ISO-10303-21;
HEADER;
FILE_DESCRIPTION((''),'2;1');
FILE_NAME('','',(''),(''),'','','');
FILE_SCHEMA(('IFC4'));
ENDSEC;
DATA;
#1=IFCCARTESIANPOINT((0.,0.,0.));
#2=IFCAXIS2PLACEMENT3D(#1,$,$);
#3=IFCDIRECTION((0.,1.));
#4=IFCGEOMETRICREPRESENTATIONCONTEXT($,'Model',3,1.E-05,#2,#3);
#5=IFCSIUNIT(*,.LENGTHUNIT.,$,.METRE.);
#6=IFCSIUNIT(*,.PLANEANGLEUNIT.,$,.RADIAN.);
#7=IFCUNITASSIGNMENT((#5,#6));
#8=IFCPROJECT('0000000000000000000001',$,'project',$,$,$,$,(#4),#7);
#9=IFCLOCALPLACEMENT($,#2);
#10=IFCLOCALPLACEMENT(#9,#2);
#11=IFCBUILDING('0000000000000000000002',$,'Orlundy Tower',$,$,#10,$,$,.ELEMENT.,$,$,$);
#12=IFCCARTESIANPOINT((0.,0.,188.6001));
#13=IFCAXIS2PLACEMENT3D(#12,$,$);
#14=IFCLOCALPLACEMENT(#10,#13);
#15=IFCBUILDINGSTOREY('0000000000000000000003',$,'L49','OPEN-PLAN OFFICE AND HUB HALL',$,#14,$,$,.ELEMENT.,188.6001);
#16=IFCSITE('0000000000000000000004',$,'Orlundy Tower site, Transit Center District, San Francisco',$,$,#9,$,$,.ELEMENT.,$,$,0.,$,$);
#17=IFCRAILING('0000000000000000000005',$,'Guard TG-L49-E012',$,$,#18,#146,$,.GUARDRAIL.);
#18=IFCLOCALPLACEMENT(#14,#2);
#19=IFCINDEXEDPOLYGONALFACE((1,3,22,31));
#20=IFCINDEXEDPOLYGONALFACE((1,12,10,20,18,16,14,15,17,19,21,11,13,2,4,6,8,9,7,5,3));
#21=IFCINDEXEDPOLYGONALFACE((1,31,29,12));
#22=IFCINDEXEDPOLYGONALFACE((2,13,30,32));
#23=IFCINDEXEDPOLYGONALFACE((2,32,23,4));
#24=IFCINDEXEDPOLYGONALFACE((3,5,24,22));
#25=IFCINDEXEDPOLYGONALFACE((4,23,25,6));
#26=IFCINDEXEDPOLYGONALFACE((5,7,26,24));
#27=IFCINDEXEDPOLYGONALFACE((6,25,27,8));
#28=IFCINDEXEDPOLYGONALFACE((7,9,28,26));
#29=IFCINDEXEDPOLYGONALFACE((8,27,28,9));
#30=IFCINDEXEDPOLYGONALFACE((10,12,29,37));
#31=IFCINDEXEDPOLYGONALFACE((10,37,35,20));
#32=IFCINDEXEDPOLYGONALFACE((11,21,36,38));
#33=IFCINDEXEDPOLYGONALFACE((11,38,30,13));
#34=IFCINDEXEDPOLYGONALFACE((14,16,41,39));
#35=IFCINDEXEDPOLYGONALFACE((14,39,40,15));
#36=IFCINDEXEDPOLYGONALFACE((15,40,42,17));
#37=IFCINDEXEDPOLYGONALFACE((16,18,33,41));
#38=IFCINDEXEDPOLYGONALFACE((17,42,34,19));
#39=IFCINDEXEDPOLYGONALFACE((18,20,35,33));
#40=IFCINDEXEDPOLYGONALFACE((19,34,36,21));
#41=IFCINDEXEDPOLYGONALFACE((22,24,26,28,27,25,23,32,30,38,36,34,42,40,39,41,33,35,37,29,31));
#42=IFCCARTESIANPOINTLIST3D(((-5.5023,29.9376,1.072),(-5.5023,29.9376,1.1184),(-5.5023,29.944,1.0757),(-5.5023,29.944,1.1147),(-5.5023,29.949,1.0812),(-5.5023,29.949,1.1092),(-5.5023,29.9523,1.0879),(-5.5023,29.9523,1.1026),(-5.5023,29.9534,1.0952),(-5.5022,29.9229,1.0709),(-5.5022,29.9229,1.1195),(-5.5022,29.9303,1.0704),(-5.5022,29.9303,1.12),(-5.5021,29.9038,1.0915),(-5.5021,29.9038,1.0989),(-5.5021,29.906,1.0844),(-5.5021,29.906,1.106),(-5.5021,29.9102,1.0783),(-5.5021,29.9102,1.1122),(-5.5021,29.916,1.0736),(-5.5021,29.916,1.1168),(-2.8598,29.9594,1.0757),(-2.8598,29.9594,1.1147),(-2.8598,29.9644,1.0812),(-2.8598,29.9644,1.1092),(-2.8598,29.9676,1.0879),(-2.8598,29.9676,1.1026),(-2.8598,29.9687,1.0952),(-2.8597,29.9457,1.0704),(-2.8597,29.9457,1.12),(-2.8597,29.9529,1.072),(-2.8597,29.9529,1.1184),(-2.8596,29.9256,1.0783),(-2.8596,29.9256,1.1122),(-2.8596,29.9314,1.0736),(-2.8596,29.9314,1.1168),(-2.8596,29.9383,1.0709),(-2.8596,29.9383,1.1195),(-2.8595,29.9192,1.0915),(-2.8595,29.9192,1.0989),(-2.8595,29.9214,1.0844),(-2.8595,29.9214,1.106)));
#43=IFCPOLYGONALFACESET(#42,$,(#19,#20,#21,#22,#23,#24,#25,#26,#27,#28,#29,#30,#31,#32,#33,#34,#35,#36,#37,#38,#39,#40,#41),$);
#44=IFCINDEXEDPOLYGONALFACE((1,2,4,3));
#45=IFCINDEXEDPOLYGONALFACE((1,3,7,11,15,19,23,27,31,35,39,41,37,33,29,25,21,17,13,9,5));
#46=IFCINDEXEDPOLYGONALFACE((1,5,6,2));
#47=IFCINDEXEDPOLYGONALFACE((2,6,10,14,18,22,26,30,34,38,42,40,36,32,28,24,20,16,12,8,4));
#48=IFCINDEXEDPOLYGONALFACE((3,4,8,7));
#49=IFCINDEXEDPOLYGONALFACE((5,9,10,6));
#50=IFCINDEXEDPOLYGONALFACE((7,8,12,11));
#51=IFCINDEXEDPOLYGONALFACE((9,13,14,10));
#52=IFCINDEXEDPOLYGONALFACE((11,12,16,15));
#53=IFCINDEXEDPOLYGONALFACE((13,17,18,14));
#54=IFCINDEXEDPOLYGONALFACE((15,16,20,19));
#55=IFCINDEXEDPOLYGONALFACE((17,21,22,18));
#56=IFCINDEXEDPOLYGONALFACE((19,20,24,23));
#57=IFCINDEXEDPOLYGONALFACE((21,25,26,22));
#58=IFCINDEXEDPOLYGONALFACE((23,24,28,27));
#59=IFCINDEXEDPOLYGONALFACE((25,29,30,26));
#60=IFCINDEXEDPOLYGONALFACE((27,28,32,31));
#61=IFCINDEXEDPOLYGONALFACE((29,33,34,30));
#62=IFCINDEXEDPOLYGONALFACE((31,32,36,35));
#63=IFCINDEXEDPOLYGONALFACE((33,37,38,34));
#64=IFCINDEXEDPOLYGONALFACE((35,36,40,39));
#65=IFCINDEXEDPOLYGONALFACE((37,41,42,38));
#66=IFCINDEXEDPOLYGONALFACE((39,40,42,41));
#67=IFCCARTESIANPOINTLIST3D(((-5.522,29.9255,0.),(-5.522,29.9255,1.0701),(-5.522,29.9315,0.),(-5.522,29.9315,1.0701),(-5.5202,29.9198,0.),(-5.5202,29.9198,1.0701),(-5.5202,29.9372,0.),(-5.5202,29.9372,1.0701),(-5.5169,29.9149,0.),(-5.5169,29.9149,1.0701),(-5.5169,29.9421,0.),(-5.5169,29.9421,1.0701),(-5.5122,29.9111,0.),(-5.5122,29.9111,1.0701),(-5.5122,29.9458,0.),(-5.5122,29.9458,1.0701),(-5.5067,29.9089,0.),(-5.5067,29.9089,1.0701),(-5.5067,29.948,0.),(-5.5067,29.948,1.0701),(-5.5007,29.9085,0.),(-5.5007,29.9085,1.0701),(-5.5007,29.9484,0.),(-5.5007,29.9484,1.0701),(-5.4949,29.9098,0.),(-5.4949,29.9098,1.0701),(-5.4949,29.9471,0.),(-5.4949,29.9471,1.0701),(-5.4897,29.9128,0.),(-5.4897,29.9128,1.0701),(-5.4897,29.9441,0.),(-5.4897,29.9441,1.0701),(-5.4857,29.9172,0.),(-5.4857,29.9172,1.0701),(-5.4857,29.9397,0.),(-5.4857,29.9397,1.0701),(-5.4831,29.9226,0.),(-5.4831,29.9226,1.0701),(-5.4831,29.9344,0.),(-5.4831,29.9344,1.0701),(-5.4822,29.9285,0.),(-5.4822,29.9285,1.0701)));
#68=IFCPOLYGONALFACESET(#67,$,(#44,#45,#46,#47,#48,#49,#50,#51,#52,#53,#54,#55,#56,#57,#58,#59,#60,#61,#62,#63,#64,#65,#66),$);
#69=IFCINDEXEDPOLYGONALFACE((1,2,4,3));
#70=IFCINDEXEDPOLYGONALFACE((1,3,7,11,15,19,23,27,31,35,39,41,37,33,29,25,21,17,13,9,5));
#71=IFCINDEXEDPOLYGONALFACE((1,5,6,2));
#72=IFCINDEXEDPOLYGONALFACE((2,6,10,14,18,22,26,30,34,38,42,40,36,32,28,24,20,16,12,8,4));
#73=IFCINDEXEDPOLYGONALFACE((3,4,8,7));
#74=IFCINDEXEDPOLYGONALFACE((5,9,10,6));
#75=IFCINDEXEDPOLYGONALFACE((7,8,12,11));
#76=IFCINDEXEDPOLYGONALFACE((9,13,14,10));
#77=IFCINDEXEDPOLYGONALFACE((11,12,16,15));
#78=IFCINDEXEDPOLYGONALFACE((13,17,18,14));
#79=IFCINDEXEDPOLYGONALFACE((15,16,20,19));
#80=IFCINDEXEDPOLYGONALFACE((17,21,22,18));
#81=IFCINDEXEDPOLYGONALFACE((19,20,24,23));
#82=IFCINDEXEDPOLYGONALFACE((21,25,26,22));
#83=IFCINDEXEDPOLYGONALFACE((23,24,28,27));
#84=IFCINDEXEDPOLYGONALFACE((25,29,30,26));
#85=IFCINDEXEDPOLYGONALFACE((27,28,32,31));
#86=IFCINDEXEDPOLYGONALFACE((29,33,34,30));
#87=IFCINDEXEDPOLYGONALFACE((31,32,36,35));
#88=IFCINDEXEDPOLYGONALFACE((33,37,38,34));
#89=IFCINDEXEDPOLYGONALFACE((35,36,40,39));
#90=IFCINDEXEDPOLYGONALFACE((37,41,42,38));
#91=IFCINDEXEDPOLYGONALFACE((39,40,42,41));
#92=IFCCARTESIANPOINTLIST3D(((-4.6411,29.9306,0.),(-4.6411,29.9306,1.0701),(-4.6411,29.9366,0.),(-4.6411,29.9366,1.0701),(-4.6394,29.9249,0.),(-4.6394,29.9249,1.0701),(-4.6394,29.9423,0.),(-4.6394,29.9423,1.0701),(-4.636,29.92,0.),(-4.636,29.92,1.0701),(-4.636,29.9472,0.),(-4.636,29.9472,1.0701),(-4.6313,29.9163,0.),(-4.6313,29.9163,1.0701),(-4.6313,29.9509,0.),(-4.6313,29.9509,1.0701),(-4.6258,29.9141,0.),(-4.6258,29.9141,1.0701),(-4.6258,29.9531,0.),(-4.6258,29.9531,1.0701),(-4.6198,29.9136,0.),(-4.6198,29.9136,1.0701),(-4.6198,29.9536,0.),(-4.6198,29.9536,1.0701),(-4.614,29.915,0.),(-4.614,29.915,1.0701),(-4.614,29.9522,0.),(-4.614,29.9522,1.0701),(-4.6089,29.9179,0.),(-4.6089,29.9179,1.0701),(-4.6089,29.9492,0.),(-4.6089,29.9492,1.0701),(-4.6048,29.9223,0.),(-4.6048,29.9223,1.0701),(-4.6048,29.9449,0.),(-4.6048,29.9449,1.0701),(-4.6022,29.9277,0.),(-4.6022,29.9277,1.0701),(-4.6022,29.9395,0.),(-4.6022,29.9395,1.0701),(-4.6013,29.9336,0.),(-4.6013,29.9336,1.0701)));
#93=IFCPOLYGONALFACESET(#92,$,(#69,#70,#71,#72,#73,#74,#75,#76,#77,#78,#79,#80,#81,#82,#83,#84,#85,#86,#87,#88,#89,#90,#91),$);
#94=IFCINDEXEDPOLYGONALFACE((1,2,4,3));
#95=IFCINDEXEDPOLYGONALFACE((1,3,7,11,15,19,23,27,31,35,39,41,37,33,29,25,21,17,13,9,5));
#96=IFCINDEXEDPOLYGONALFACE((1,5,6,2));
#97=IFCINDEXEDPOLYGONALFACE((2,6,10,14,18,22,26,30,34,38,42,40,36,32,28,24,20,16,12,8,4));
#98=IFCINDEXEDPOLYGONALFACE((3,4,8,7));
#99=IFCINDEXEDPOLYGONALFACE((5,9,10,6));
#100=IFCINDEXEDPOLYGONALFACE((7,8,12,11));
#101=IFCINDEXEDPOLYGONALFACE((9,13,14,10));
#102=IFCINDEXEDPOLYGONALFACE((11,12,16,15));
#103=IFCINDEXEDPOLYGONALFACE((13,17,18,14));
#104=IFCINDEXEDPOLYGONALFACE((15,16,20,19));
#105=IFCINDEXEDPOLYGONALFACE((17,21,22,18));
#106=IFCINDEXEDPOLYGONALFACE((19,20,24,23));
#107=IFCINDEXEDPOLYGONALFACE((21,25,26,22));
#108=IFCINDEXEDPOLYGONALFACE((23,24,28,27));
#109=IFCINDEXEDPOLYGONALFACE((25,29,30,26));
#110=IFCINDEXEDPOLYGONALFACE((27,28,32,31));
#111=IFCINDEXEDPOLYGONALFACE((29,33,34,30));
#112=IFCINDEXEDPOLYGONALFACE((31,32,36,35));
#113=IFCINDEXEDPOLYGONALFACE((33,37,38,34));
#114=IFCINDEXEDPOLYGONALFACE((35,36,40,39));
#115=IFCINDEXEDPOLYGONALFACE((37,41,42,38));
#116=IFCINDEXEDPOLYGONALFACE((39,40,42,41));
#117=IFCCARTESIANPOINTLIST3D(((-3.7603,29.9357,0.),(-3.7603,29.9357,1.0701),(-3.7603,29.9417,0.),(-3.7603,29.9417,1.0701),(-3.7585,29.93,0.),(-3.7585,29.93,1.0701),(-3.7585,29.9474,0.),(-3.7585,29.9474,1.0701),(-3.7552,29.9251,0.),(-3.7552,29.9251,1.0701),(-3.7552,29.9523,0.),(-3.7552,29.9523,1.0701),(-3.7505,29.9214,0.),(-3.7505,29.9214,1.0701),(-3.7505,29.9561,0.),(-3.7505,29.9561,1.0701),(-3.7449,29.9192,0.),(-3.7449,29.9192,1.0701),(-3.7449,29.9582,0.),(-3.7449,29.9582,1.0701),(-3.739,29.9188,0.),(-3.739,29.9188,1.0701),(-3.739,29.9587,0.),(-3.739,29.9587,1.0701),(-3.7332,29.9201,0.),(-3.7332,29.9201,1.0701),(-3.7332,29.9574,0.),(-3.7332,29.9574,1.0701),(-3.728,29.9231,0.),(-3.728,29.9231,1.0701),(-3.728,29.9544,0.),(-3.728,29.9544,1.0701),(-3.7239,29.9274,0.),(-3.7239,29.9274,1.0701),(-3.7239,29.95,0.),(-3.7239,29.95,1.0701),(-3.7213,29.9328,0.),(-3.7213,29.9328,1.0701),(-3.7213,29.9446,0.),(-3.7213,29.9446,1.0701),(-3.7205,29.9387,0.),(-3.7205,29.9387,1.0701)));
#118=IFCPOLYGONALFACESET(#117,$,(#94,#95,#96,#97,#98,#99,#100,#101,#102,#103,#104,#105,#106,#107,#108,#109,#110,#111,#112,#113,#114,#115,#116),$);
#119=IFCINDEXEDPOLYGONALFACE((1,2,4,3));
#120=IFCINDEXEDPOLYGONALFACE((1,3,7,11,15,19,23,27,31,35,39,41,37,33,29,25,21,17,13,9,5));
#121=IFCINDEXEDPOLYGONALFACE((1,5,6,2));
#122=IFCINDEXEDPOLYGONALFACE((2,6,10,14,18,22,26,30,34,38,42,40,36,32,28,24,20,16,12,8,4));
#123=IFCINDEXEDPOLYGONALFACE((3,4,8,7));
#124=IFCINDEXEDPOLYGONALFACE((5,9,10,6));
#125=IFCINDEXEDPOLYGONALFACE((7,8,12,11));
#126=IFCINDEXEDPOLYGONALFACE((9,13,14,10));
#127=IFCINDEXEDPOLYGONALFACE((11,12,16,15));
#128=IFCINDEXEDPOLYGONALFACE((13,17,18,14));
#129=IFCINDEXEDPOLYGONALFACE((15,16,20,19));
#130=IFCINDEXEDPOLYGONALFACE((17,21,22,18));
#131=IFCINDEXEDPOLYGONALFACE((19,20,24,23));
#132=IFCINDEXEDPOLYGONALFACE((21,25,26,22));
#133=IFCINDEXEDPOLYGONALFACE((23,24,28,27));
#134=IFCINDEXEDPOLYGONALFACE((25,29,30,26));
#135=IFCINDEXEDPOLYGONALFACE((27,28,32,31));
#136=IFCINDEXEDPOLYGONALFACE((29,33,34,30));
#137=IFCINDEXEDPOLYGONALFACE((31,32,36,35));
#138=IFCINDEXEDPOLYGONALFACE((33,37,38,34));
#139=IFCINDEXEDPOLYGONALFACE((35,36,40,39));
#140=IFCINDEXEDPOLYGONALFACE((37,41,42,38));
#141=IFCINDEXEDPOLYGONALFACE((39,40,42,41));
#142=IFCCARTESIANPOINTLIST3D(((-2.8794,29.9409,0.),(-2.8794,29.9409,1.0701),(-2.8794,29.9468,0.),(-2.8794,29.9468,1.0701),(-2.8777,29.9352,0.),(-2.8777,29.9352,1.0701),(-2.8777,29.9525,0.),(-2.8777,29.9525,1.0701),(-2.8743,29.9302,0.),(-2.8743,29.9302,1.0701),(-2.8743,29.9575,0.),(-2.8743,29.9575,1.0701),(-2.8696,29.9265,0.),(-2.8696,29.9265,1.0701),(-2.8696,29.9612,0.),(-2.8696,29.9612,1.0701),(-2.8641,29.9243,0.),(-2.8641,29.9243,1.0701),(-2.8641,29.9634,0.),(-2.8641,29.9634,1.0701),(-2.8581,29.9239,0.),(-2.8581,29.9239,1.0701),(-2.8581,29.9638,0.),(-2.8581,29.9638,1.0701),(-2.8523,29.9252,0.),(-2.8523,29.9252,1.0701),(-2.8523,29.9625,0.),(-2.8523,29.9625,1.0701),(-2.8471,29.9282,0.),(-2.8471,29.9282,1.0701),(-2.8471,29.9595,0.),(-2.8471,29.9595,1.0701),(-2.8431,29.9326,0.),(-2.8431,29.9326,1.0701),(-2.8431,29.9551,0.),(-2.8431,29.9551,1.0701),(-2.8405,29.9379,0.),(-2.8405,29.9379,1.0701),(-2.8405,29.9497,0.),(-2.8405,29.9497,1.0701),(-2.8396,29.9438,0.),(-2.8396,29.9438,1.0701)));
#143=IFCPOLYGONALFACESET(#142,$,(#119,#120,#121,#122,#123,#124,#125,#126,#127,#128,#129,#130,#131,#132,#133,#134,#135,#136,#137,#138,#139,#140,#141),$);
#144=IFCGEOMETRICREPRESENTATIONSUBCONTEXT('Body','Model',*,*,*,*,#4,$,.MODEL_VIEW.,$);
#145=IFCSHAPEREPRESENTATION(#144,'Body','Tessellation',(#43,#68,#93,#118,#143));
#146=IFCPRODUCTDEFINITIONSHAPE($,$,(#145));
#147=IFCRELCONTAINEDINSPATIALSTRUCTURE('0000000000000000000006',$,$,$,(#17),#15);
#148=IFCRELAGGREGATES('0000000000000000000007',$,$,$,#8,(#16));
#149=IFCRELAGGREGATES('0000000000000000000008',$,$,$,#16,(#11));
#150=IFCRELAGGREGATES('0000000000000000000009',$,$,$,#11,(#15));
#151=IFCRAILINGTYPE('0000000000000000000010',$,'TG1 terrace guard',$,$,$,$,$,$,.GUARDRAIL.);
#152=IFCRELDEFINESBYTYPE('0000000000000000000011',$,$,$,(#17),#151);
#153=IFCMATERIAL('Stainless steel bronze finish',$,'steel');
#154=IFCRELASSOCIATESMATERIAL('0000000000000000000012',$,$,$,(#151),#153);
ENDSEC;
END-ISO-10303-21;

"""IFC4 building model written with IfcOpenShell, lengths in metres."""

from ifc_helpers import new_model, si_unit, direction, frame, origin, origin_2d, place, context, subcontext, project, spatial, circle, extrude, material, type_object, element, save


model = new_model("IFC4")

# Units and contexts
model_context = context("Model", 3, precision=1e-05, world=origin(), true_north=direction((0.0, 1.0)))
body_context = subcontext(model_context, "Body", "Model", "MODEL_VIEW")
ifc_project = project(units=[si_unit("LENGTHUNIT", "METRE"), si_unit("PLANEANGLEUNIT", "RADIAN")], contexts=[model_context])

# Site, building, storey
site_placement = place(None, origin())
site = spatial("IfcSite", under=ifc_project, at=site_placement, Name="Orlundy Tower site, Transit Center District, San Francisco", CompositionType="ELEMENT", RefElevation=0.0)
building_placement = place(site_placement, origin())
building = spatial("IfcBuilding", under=site, at=building_placement, Name="Orlundy Tower", CompositionType="ELEMENT")
storey_placement = place(building_placement, frame((0.0, 0.0, 188.6001)))
storey = spatial("IfcBuildingStorey", under=building, at=storey_placement, Name="L49", Description="OPEN-PLAN OFFICE AND HUB HALL", CompositionType="ELEMENT", Elevation=188.6001)

# Railing
ifc_material_1 = material(Name="Stainless steel bronze finish", Category="steel")
railing_type_1 = type_object("IfcRailingType", Name="TG1 terrace guard", PredefinedType="GUARDRAIL", material=ifc_material_1)
railing_1_placement = place(storey_placement, frame((-5.5022, 29.9285, 0.0)))
element("IfcRailing", 1, at=railing_1_placement, inside=storey, type_object=railing_type_1, Name="Guard TG-L49-E012", PredefinedType="GUARDRAIL", context=body_context, shape_type="SweptSolid", body=[
    extrude(circle(Radius=0.0249, at=origin_2d()), frame((0.0, 0.0, 1.0952), z_axis=(0.999983, 0.00582, 0.0), x_axis=(-0.00582, 0.999983, 0.0)), (0.0, 0.0, 1.0), 2.6426),
    extrude(circle(Radius=0.02, at=origin_2d()), origin(), (0.0, 0.0, 1.0), 1.0701),
    extrude(circle(Radius=0.02, at=origin_2d()), frame((0.8809, 0.0051, 0.0)), (0.0, 0.0, 1.0), 1.0701),
    extrude(circle(Radius=0.02, at=origin_2d()), frame((1.7617, 0.0103, 0.0)), (0.0, 0.0, 1.0), 1.0701),
    extrude(circle(Radius=0.02, at=origin_2d()), frame((2.6426, 0.0154, 0.0)), (0.0, 0.0, 1.0), 1.0701),
])

save(model, "model.ifc")
